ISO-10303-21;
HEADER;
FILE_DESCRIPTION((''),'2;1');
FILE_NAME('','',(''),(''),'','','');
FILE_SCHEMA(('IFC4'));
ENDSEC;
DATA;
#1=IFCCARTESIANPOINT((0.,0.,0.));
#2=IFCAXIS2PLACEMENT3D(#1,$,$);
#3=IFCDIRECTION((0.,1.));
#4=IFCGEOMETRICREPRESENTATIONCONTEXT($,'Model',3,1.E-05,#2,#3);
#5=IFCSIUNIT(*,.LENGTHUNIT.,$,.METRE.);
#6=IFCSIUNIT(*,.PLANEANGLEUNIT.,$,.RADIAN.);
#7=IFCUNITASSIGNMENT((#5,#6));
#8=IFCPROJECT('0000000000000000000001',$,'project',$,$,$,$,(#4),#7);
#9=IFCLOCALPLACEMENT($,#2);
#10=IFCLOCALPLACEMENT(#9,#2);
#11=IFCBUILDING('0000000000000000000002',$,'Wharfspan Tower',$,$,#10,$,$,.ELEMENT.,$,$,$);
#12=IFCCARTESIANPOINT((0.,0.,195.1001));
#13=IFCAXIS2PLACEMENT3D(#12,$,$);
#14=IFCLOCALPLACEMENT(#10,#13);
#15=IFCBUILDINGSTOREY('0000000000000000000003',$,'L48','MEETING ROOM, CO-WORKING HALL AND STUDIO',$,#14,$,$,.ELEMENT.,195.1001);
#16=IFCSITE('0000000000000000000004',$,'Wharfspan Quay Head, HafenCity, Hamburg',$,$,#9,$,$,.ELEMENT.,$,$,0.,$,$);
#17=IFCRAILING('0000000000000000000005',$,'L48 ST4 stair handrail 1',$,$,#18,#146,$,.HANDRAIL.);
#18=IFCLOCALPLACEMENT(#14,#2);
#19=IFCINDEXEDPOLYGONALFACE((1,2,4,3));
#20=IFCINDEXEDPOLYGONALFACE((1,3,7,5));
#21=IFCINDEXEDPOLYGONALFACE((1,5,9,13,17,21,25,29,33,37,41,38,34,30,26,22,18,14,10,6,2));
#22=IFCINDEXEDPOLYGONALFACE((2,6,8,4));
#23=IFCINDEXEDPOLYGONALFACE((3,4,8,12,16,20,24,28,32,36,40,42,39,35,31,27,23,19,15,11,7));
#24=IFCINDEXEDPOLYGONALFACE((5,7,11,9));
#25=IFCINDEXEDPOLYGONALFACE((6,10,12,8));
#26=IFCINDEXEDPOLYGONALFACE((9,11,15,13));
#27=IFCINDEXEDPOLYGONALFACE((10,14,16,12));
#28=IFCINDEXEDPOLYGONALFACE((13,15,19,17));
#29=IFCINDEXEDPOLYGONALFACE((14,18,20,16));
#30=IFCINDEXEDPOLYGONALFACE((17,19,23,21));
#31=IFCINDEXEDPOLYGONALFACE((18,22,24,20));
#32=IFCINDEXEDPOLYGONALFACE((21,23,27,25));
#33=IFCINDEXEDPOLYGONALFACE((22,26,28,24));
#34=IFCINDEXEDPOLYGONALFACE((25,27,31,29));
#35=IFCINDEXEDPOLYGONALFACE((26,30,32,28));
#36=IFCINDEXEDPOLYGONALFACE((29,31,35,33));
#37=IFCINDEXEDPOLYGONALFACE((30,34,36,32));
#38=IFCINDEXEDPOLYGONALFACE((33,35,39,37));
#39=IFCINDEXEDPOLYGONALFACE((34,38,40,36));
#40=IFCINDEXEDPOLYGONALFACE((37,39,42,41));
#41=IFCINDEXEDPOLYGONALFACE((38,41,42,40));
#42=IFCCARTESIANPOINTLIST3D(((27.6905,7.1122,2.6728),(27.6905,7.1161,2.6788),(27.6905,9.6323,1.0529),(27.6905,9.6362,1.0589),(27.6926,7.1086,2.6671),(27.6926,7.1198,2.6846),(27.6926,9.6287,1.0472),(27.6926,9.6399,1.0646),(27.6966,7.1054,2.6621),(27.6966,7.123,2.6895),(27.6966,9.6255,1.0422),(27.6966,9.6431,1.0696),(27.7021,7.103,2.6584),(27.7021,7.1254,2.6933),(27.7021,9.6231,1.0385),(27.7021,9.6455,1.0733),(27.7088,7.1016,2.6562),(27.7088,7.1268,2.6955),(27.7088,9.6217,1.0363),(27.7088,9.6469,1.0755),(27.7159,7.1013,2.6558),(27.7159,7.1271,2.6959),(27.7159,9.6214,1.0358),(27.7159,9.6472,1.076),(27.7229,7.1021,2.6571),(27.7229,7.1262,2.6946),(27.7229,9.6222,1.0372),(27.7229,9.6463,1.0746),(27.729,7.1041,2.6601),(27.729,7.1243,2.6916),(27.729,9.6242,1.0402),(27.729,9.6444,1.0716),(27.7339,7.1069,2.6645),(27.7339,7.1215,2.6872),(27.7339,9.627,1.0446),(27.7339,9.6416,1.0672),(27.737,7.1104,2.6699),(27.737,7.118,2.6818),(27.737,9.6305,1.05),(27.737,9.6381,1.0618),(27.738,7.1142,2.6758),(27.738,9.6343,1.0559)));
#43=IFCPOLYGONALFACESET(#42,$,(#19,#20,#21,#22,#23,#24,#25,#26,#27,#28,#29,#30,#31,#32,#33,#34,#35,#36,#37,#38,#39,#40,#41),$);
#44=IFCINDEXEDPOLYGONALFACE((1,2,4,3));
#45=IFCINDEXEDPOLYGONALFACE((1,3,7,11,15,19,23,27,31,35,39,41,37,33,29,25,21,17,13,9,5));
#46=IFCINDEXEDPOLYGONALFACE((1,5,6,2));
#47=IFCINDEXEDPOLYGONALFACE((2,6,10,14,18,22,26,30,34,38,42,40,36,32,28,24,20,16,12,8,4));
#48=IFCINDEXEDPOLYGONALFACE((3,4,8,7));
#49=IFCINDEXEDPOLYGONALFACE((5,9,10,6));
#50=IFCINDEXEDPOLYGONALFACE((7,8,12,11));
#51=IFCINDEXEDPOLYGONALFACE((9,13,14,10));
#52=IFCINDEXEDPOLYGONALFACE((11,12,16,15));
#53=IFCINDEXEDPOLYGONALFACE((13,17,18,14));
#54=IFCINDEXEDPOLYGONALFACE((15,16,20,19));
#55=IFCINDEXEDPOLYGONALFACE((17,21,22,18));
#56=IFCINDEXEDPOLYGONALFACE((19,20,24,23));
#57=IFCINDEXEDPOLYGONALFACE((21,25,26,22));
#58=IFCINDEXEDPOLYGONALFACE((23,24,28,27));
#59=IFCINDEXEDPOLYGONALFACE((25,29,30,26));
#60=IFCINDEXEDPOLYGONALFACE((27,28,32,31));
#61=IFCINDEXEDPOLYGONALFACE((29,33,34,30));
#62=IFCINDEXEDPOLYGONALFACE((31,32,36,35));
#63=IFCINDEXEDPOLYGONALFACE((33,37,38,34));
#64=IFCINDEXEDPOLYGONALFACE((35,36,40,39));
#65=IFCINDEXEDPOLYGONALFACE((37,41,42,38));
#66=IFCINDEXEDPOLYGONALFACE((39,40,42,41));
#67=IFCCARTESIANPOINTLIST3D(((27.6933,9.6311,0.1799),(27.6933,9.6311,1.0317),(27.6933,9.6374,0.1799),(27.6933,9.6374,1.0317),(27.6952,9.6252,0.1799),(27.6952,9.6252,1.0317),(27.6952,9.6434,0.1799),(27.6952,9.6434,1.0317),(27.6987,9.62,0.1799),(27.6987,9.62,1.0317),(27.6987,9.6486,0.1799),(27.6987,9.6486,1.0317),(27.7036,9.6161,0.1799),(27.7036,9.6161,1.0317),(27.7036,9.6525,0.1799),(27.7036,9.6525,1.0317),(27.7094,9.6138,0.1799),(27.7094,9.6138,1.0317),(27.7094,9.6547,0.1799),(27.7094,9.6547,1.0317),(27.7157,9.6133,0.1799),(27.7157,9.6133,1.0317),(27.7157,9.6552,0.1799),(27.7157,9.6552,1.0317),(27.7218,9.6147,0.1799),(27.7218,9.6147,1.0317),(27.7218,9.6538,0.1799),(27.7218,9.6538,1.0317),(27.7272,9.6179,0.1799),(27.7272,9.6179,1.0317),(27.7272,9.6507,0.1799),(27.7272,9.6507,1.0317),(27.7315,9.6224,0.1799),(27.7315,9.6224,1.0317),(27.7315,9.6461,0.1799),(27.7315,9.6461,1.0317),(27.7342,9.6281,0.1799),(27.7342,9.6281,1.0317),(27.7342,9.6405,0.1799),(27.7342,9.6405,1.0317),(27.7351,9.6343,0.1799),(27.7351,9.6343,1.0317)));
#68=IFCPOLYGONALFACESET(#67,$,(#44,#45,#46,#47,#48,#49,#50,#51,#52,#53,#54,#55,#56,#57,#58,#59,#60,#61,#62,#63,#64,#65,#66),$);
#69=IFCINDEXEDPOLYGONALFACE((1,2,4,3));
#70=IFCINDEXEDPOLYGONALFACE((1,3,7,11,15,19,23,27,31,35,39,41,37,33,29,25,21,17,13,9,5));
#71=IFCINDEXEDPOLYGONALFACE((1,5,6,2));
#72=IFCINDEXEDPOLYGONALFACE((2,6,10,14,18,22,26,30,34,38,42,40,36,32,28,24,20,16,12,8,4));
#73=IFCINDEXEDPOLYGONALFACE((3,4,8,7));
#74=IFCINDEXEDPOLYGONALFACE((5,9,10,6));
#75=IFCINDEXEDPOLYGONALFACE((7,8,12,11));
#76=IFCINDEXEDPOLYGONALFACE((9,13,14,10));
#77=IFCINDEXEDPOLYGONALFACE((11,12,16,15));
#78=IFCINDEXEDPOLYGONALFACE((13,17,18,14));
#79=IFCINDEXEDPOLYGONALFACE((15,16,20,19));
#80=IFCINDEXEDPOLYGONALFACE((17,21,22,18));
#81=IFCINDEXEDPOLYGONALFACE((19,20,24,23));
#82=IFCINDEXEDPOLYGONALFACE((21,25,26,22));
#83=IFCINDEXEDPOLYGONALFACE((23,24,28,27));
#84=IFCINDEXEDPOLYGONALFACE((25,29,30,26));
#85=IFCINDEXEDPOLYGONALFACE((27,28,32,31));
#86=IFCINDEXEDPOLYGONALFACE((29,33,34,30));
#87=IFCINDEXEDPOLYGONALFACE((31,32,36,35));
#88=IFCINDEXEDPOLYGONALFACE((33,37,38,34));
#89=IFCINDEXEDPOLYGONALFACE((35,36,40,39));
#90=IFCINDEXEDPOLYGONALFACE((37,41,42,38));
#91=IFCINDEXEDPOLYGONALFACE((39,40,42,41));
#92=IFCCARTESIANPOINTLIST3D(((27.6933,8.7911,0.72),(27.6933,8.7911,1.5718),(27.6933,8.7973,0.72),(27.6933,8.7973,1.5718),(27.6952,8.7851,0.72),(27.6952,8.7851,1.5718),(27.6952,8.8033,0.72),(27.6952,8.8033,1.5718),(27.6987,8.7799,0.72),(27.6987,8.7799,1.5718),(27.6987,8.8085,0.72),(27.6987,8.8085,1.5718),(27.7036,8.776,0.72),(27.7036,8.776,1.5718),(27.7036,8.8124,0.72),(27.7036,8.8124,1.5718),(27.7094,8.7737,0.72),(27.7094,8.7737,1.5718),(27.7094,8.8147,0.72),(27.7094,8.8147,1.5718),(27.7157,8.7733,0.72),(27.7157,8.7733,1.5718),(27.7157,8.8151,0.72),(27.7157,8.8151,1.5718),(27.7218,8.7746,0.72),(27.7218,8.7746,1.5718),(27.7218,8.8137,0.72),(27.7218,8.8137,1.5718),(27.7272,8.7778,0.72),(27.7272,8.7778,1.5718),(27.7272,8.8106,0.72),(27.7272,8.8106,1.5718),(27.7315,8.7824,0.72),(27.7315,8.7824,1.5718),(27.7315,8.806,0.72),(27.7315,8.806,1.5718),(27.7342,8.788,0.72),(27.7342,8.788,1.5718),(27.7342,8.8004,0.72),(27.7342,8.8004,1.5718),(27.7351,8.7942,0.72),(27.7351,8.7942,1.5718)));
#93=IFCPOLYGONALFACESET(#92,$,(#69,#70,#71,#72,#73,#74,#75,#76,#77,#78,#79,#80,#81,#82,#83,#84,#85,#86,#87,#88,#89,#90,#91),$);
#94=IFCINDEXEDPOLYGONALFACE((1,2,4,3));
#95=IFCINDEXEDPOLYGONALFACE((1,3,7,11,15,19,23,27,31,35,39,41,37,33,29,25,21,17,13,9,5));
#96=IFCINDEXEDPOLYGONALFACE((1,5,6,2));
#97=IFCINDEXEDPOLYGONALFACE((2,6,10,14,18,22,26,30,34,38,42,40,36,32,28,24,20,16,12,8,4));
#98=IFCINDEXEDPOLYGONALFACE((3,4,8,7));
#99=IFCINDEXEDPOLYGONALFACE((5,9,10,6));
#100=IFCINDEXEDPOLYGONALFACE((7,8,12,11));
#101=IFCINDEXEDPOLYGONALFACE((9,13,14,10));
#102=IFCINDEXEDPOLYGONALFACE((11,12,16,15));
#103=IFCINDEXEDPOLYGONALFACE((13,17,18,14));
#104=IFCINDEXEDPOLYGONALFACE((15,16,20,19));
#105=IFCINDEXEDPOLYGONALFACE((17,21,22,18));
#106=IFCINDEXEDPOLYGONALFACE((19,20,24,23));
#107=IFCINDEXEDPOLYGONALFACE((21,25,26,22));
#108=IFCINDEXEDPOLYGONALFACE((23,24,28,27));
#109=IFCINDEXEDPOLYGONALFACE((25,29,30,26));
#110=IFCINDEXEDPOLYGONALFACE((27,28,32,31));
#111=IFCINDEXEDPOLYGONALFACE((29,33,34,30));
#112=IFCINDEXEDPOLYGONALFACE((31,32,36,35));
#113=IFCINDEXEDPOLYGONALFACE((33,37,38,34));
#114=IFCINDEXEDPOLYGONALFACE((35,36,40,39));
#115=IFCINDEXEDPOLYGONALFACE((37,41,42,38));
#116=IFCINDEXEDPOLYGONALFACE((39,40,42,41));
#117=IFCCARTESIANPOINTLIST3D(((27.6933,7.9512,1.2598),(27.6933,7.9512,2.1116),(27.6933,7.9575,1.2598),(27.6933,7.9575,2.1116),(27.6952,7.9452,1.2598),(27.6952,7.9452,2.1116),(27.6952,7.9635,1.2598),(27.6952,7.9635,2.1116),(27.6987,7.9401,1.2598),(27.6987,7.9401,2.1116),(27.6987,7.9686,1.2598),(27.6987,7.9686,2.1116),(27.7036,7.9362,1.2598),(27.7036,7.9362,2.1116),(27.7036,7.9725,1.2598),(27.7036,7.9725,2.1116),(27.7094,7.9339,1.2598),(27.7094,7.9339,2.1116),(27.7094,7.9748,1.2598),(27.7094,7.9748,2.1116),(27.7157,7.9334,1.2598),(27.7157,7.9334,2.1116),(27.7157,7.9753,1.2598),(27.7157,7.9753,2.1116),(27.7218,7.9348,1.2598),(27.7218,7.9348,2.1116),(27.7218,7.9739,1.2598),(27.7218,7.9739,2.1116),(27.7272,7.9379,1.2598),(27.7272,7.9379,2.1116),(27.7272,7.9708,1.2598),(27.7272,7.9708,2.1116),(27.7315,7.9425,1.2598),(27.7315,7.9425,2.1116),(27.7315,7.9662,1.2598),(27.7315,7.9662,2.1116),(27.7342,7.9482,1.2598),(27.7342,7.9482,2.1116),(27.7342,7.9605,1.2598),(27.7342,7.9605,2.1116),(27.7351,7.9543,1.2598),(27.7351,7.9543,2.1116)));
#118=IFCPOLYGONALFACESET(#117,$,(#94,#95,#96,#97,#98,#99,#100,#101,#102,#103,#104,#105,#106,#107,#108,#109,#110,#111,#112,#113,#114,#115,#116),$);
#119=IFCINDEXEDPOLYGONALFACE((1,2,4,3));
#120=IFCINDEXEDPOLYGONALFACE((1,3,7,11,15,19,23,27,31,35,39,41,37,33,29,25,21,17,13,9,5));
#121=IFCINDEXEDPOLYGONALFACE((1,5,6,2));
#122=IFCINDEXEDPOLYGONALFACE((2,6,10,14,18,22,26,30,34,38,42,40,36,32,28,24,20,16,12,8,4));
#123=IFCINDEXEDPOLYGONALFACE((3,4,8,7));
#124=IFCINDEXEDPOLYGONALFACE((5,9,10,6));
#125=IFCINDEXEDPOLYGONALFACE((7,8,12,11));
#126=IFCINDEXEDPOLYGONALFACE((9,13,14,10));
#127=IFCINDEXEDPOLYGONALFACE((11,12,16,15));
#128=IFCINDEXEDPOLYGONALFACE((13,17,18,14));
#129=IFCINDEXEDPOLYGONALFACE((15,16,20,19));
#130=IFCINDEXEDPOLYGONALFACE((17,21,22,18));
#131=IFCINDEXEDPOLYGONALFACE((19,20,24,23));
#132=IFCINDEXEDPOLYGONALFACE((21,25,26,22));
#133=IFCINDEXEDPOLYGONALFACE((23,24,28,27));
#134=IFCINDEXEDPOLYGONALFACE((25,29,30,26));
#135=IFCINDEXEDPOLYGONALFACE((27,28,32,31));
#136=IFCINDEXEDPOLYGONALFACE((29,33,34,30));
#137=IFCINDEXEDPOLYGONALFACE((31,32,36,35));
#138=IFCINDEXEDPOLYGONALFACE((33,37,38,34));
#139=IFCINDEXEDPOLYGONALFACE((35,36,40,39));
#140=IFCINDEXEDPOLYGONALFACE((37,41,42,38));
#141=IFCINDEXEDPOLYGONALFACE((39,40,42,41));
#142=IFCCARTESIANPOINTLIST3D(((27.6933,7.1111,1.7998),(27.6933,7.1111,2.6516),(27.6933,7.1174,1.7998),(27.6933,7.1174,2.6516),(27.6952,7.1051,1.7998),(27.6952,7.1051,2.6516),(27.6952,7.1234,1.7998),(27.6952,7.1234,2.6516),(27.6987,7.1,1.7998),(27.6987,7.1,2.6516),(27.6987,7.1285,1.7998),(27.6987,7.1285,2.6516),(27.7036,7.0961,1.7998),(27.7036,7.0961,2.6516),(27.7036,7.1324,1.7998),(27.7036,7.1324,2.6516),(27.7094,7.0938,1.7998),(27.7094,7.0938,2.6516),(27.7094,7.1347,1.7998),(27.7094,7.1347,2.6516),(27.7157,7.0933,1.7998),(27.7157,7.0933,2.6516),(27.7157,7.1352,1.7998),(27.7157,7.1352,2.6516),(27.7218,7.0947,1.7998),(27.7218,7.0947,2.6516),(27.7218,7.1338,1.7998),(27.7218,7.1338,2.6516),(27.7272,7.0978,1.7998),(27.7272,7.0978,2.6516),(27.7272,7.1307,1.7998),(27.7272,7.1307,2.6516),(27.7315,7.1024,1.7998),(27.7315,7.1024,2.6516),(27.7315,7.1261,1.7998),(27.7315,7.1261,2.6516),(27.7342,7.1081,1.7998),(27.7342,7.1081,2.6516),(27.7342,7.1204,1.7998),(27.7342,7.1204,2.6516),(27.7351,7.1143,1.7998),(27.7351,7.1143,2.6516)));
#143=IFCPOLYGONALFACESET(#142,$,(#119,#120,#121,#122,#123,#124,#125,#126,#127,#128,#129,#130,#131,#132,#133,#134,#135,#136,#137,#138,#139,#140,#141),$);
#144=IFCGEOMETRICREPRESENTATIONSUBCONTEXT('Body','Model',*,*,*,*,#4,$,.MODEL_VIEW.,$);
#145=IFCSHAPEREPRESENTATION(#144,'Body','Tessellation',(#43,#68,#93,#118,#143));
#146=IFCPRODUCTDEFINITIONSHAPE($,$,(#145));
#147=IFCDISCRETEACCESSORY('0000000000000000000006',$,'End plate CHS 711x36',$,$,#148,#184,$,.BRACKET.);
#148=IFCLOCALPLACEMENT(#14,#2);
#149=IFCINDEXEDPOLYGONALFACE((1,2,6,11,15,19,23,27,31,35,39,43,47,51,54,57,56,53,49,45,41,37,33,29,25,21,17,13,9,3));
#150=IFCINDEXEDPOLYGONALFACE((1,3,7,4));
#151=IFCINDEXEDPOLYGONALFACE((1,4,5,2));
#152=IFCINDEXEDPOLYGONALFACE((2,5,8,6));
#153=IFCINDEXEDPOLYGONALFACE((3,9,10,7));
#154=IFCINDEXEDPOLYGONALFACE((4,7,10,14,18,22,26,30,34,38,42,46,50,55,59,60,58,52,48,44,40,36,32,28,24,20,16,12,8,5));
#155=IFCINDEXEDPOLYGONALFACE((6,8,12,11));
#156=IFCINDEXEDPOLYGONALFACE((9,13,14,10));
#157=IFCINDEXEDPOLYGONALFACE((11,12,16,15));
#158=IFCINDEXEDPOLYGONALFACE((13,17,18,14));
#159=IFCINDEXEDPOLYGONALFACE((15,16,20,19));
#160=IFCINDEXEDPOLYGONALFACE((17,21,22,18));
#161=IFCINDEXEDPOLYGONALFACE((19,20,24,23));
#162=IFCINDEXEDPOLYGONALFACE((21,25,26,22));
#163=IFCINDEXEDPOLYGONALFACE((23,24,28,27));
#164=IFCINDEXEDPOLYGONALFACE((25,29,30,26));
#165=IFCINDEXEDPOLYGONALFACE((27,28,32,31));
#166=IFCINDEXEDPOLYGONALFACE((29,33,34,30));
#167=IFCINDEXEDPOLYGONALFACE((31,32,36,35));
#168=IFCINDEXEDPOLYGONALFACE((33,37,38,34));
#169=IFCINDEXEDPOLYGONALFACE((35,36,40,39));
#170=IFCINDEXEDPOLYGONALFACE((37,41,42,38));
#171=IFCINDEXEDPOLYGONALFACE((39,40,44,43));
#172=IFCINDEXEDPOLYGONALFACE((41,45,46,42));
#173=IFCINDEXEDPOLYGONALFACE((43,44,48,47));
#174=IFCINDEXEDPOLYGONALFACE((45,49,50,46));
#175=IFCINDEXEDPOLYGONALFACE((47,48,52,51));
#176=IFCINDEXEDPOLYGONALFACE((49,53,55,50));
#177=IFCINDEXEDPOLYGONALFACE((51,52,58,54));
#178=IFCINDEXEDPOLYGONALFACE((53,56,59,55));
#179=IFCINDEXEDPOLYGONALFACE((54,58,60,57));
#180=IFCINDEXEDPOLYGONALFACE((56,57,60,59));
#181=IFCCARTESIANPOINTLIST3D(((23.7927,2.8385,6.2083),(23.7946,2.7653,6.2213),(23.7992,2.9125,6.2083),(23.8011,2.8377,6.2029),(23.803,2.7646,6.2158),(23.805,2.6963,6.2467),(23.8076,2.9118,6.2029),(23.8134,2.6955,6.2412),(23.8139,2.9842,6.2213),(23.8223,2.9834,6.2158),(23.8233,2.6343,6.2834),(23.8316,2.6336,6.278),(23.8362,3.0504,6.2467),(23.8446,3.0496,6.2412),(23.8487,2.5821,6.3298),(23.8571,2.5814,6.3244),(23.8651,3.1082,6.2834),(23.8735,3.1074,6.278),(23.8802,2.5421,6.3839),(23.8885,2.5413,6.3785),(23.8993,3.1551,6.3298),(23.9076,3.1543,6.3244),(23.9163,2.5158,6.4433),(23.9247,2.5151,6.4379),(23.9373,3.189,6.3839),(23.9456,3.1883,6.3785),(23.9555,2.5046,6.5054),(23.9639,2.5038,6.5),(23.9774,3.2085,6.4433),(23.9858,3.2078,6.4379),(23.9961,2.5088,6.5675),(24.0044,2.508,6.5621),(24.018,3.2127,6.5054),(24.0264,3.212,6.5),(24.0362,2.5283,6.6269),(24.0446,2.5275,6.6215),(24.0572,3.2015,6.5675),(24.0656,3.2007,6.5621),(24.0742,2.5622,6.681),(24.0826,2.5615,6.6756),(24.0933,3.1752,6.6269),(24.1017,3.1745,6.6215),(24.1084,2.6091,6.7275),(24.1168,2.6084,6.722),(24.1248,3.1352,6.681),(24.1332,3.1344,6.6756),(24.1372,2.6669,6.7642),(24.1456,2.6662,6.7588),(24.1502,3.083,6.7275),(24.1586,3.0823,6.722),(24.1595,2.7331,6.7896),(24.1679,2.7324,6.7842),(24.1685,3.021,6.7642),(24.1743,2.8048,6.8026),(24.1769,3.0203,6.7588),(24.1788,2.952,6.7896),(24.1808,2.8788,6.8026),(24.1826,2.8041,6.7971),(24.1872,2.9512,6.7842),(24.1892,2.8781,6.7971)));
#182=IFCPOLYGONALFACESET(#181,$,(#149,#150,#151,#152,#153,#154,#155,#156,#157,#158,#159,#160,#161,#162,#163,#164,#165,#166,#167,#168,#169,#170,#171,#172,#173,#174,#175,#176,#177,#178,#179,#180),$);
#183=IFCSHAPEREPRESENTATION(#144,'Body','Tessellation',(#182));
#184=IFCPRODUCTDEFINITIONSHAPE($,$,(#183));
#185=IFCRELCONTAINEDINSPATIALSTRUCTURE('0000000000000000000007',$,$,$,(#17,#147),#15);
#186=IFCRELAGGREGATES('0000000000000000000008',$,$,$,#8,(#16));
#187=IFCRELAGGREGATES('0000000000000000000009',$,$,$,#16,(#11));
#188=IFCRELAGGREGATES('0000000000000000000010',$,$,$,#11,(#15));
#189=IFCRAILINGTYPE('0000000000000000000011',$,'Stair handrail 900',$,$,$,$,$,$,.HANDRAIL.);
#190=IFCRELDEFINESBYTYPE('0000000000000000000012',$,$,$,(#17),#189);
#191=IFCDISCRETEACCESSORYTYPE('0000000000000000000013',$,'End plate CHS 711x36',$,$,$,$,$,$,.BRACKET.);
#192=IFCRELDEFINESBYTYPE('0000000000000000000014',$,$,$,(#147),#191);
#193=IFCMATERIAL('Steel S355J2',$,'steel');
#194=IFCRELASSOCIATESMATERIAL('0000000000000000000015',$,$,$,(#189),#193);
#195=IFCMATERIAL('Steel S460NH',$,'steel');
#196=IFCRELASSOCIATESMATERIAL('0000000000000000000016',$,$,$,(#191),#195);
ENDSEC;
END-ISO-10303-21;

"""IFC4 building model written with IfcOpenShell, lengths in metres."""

from ifc_helpers import new_model, si_unit, direction, frame, origin, origin_2d, place, context, subcontext, project, spatial, circle, extrude, material, material_profile, profile_set, type_object, element, save


model = new_model("IFC4")

# Units and contexts
model_context = context("Model", 3, precision=1e-05, world=origin(), true_north=direction((0.0, 1.0)))
body_context = subcontext(model_context, "Body", "Model", "MODEL_VIEW")
ifc_project = project(units=[si_unit("LENGTHUNIT", "METRE"), si_unit("PLANEANGLEUNIT", "RADIAN")], contexts=[model_context])

# Site, building, storey
site_placement = place(None, origin())
site = spatial("IfcSite", under=ifc_project, at=site_placement, Name="Wharfspan Quay Head, HafenCity, Hamburg", CompositionType="ELEMENT", RefElevation=0.0)
building_placement = place(site_placement, origin())
building = spatial("IfcBuilding", under=site, at=building_placement, Name="Wharfspan Tower", CompositionType="ELEMENT")
storey_placement = place(building_placement, frame((0.0, 0.0, 195.1001)))
storey = spatial("IfcBuildingStorey", under=building, at=storey_placement, Name="L48", Description="MEETING ROOM, CO-WORKING HALL AND STUDIO", CompositionType="ELEMENT", Elevation=195.1001)

# Shared definitions
ifc_material_1 = material(Name="Steel S355J2", Category="steel")

# Railing
railing_type = type_object("IfcRailingType", Name="Stair handrail 900", PredefinedType="HANDRAIL", material=ifc_material_1)
railing_placement = place(storey_placement, frame((27.7141, 9.6343, 0.1799)))
element("IfcRailing", 1, at=railing_placement, inside=storey, type_object=railing_type, Name="L48 ST4 stair handrail 1", PredefinedType="HANDRAIL", context=body_context, shape_type="SweptSolid", body=[
    extrude(circle(Radius=0.0239, at=origin_2d()), frame((0.0, 0.0, 0.876), z_axis=(0.0, -0.8412, 0.540725), x_axis=(1.0, 0.0, 0.0)), (0.0, 0.0, 1.0), 2.9958),
    extrude(circle(Radius=0.021, at=origin_2d()), origin(), (0.0, 0.0, 1.0), 0.8518),
    extrude(circle(Radius=0.021, at=origin_2d()), frame((0.0, -0.8401, 0.54)), (0.0, 0.0, 1.0), 0.8518),
    extrude(circle(Radius=0.021, at=origin_2d()), frame((0.0, -1.6799, 1.0798)), (0.0, 0.0, 1.0), 0.8518),
    extrude(circle(Radius=0.021, at=origin_2d()), frame((0.0, -2.52, 1.6199)), (0.0, 0.0, 1.0), 0.8518),
])

# Discrete accessory
ifc_material_2 = material(Name="Steel S460NH", Category="steel")
ifc_material_profile_1 = material_profile(ifc_material_2, circle(Radius=0.3555, at=origin_2d()))
ifc_profile_set_1 = profile_set([ifc_material_profile_1], Name="Steel S460NH")
discrete_accessory_type = type_object("IfcDiscreteAccessoryType", Name="End plate CHS 711x36", PredefinedType="BRACKET", material=ifc_profile_set_1)
discrete_accessory_placement = place(storey_placement, frame((23.9951, 2.8579, 6.5), z_axis=(-0.837276, 0.073877, 0.541767), x_axis=(-0.087893, -0.996132, 0.000001)))
element("IfcDiscreteAccessory", 2, at=discrete_accessory_placement, inside=storey, type_object=discrete_accessory_type, Name="End plate CHS 711x36", PredefinedType="BRACKET", context=body_context, shape_type="SweptSolid", body=[
    extrude(circle(Radius=0.3555, at=origin_2d()), origin(), (0.0, 0.0, 1.0), 0.01),
])

save(model, "model.ifc")
